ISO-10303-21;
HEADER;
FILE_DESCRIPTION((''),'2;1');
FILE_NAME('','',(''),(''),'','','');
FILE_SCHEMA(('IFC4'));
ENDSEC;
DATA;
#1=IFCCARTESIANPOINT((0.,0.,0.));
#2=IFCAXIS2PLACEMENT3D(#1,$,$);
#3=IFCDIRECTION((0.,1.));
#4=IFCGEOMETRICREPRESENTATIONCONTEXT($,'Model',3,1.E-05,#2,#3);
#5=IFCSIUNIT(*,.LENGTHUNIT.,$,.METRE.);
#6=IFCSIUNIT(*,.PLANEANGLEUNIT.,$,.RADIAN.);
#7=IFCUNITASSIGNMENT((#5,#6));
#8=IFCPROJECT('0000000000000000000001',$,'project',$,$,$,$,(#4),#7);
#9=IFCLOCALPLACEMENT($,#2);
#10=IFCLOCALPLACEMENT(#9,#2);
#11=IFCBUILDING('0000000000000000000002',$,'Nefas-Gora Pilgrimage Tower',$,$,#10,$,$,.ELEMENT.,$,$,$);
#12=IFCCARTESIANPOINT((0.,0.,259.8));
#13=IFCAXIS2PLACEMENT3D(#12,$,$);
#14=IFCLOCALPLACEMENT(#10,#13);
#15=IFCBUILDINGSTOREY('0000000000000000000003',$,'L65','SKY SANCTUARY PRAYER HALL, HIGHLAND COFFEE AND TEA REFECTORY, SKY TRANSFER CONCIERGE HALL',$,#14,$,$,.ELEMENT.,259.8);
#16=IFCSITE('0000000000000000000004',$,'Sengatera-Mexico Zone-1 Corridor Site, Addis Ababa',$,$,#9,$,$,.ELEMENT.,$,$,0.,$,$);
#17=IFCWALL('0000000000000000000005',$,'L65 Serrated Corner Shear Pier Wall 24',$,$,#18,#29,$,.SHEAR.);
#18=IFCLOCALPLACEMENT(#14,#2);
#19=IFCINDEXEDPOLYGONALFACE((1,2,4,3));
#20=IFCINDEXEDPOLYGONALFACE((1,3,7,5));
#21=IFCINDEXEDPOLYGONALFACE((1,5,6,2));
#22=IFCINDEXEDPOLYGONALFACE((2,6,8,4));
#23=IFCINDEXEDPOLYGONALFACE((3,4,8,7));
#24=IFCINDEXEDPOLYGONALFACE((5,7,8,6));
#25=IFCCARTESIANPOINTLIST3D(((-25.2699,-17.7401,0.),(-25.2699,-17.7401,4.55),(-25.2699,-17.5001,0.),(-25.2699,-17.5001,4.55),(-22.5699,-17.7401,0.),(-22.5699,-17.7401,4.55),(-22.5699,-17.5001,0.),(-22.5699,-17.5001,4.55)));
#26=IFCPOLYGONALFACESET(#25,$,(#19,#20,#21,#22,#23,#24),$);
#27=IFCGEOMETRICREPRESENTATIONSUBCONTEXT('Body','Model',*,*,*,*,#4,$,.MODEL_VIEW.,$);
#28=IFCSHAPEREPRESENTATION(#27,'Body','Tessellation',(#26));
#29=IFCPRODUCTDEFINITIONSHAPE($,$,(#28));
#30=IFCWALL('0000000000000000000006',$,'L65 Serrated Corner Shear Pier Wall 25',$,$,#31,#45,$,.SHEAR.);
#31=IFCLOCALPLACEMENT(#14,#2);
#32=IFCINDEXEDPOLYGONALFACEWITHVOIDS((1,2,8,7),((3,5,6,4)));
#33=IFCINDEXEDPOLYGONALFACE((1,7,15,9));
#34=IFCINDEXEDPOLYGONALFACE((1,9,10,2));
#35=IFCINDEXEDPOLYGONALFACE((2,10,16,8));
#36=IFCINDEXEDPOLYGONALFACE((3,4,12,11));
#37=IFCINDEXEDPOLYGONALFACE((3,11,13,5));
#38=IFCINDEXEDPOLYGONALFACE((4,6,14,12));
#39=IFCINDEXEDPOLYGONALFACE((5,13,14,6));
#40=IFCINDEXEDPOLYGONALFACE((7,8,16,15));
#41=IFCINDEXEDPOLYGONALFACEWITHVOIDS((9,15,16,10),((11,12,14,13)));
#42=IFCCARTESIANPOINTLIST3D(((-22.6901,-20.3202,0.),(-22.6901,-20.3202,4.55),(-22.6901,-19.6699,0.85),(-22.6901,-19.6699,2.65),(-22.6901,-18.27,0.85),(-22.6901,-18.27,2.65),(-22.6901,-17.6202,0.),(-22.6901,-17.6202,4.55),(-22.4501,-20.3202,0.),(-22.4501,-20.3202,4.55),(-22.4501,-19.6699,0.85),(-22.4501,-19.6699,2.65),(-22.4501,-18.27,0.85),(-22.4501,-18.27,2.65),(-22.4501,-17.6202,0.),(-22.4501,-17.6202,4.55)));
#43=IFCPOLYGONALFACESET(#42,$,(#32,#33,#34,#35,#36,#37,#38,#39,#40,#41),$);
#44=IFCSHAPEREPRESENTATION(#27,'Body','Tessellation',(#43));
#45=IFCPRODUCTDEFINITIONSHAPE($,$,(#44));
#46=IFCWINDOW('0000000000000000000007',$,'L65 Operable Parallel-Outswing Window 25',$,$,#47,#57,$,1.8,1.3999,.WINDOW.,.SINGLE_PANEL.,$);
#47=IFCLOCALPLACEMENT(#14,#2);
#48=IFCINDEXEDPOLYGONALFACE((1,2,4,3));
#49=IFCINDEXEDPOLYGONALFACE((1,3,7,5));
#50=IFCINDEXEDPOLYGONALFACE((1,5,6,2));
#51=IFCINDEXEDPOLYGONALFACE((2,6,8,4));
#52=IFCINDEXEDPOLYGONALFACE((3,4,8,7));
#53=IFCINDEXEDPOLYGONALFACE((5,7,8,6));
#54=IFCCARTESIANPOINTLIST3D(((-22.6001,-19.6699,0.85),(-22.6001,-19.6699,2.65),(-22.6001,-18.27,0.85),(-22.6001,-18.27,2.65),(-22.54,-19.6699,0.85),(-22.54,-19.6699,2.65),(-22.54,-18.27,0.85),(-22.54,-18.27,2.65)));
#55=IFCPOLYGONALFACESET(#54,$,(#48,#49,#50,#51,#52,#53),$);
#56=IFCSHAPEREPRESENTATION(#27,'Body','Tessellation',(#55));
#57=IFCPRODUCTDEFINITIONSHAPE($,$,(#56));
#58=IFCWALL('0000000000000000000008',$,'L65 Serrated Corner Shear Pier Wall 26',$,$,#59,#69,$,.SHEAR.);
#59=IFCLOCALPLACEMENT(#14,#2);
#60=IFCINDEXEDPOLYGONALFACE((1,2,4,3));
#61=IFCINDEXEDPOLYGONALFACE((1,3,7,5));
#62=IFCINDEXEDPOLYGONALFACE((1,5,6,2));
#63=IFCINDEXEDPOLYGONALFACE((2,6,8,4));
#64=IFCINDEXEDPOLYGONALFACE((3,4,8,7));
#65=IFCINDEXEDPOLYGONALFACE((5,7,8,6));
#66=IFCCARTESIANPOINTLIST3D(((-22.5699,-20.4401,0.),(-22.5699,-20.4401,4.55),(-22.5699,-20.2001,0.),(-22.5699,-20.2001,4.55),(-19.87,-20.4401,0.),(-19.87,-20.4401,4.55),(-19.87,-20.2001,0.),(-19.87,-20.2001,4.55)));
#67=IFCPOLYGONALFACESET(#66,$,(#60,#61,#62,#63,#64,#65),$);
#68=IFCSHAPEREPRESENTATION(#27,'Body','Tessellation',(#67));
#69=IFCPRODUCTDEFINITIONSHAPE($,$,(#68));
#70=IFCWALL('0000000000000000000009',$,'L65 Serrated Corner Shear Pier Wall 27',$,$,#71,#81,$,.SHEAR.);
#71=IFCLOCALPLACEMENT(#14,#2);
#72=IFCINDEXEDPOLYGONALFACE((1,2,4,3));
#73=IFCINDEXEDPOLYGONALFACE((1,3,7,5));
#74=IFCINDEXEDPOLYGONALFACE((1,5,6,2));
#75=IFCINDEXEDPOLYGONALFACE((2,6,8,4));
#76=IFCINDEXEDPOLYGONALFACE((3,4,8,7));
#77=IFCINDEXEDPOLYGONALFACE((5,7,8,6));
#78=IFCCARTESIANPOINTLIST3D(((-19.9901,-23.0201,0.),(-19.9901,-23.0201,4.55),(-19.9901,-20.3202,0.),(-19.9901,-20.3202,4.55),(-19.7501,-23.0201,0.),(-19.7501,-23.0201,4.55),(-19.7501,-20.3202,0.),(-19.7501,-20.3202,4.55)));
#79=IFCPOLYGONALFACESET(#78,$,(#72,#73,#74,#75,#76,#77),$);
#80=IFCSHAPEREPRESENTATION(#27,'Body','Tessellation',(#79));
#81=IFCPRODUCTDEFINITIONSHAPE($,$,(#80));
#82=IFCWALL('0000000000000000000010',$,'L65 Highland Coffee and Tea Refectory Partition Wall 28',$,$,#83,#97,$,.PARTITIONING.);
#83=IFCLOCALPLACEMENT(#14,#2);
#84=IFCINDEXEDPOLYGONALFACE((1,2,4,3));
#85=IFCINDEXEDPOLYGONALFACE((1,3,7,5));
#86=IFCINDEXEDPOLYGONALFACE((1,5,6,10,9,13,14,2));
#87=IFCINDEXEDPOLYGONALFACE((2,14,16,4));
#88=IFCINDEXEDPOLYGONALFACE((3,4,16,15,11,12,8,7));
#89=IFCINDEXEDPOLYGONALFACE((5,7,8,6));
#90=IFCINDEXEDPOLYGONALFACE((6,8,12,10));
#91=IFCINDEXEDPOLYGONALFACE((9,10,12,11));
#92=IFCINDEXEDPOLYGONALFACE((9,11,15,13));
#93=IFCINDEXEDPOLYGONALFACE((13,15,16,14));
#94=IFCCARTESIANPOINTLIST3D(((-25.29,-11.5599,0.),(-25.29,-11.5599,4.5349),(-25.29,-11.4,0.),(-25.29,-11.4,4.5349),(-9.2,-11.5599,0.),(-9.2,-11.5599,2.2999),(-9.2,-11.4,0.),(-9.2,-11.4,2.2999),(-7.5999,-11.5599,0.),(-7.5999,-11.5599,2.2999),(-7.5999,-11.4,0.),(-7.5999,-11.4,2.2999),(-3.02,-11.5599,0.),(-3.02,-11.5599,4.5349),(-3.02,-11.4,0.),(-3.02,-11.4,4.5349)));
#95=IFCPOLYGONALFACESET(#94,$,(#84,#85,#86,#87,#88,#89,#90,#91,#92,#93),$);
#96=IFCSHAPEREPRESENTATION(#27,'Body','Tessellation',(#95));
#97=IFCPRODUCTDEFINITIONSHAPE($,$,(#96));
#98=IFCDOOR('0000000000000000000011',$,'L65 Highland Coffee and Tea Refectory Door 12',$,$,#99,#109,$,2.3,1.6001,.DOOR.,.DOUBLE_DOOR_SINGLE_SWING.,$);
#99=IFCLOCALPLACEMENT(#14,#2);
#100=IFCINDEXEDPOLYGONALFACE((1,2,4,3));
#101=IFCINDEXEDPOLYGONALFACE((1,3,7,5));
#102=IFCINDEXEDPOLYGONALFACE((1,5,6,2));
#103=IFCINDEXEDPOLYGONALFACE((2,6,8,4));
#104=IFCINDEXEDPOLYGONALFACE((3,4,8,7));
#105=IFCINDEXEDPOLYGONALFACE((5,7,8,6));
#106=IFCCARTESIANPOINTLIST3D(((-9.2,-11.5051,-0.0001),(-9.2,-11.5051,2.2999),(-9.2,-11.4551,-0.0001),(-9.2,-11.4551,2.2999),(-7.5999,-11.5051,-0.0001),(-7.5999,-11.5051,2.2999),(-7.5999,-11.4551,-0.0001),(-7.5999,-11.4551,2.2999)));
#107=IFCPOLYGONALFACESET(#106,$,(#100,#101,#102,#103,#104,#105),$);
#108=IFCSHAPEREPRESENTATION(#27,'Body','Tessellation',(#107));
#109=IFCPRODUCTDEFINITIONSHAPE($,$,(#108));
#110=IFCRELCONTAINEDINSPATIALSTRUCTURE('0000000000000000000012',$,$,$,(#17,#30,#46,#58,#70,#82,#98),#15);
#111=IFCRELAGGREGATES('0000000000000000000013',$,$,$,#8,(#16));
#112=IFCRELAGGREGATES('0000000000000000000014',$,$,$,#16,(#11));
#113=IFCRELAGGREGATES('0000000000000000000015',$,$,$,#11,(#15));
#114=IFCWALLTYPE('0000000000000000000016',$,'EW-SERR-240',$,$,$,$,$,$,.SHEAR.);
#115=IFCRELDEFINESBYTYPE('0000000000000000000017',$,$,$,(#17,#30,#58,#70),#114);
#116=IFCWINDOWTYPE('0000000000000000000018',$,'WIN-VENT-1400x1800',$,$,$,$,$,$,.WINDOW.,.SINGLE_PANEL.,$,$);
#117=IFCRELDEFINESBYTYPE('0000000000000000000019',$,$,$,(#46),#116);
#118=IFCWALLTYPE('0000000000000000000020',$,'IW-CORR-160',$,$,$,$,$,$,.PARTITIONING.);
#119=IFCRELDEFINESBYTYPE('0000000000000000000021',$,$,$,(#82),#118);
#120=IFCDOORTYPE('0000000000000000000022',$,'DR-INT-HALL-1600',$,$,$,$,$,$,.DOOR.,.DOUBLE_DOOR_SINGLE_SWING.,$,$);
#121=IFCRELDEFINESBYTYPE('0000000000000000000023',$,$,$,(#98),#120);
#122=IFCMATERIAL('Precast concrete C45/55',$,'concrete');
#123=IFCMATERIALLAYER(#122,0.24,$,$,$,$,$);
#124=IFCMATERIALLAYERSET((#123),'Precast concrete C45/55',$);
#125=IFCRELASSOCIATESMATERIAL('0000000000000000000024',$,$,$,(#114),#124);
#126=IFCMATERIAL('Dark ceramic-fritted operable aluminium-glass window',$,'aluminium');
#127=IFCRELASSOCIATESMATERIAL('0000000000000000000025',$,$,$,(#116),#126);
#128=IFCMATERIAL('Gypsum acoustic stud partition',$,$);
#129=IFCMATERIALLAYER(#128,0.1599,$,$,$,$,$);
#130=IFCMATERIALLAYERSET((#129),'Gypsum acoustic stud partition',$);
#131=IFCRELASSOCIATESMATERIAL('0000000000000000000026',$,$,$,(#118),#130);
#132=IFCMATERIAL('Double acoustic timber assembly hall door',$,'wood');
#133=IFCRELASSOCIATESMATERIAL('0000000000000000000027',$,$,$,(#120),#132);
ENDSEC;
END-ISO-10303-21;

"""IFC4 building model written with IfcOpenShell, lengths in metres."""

from ifc_helpers import new_model, si_unit, direction, frame, frame_2d, origin, place, context, subcontext, project, spatial, rectangle, extrude, source, transform, mapped, material, layer, layer_set, type_object, element, fill, save


model = new_model("IFC4")

# Units and contexts
model_context = context("Model", 3, precision=1e-05, world=origin(), true_north=direction((0.0, 1.0)))
body_context = subcontext(model_context, "Body", "Model", "MODEL_VIEW")
ifc_project = project(units=[si_unit("LENGTHUNIT", "METRE"), si_unit("PLANEANGLEUNIT", "RADIAN")], contexts=[model_context])

# Site, building, storey
site_placement = place(None, origin())
site = spatial("IfcSite", under=ifc_project, at=site_placement, Name="Sengatera-Mexico Zone-1 Corridor Site, Addis Ababa", CompositionType="ELEMENT", RefElevation=0.0)
building_placement = place(site_placement, origin())
building = spatial("IfcBuilding", under=site, at=building_placement, Name="Nefas-Gora Pilgrimage Tower", CompositionType="ELEMENT")
storey_placement = place(building_placement, frame((0.0, 0.0, 259.8)))
storey = spatial("IfcBuildingStorey", under=building, at=storey_placement, Name="L65", Description="SKY SANCTUARY PRAYER HALL, HIGHLAND COFFEE AND TEA REFECTORY, SKY TRANSFER CONCIERGE HALL", CompositionType="ELEMENT", Elevation=259.8)

# Wall
ifc_material_1 = material(Name="Precast concrete C45/55", Category="concrete")
ifc_layer_1 = layer(ifc_material_1, 0.24)
ifc_layer_set_1 = layer_set([ifc_layer_1], Name="Precast concrete C45/55")
wall_type_1 = type_object("IfcWallType", Name="EW-SERR-240", PredefinedType="SHEAR", material=ifc_layer_set_1)
shared_shape_1 = source(origin(), body_context, "Body", "SweptSolid", [
    extrude(rectangle(XDim=2.7, YDim=0.24, at=frame_2d((1.3501, 0.0))), origin(), (0.0, 0.0, 1.0), 4.55),
])
wall_1_placement = place(storey_placement, frame((-25.27, -17.6201, 0.0), z_axis=(0.0, 0.0, 1.0), x_axis=(1.0, 0.0, 0.0)))
element("IfcWall", 1, at=wall_1_placement, inside=storey, type_object=wall_type_1, Name="L65 Serrated Corner Shear Pier Wall 24", PredefinedType="SHEAR", context=body_context, shape_type="MappedRepresentation", body=[
    mapped(shared_shape_1, transform((0.0, 0.0, 0.0), x_axis=(1.0, 0.0, 0.0), y_axis=(0.0, 1.0, 0.0), z_axis=(0.0, 0.0, 1.0), scale=1.0)),
])

# Wall, opening, window
wall_2_placement = place(storey_placement, frame((-22.5701, -17.6201, 0.0), z_axis=(0.0, 0.0, 1.0), x_axis=(0.0, -1.0, 0.0)))
wall_2 = element("IfcWall", 2, at=wall_2_placement, inside=storey, type_object=wall_type_1, Name="L65 Serrated Corner Shear Pier Wall 25", PredefinedType="SHEAR", context=body_context, shape_type="MappedRepresentation", body=[
    mapped(shared_shape_1, transform((0.0, 0.0, 0.0), x_axis=(1.0, 0.0, 0.0), y_axis=(0.0, 1.0, 0.0), z_axis=(0.0, 0.0, 1.0), scale=1.0)),
])
opening_1_placement = place(wall_2_placement, frame((0.6499, 0.0, 0.8501)))
opening_1 = element("IfcOpeningElement", 3, at=opening_1_placement, cuts=wall_2, PredefinedType="OPENING", context=body_context, shape_type="SweptSolid", body=[
    extrude(rectangle(XDim=1.3999, YDim=1.8, at=frame_2d((0.7, 0.8999))), frame((0.0, 0.1299, 0.0), z_axis=(0.0, -1.0, 0.0), x_axis=(1.0, 0.0, 0.0)), (0.0, 0.0, 1.0), 0.26),
])
ifc_material_2 = material(Name="Dark ceramic-fritted operable aluminium-glass window", Category="aluminium")
window_type = type_object("IfcWindowType", Name="WIN-VENT-1400x1800", PartitioningType="SINGLE_PANEL", PredefinedType="WINDOW", material=ifc_material_2)
shared_shape_2 = source(origin(), body_context, "Body", "SweptSolid", [
    extrude(rectangle(XDim=1.3999, YDim=1.8, at=frame_2d((0.7, 0.8999))), frame((0.0, 0.03, 0.0), z_axis=(0.0, -1.0, 0.0), x_axis=(1.0, 0.0, 0.0)), (0.0, 0.0, 1.0), 0.0601),
])
window_placement = place(opening_1_placement, origin())
window = element("IfcWindow", 4, at=window_placement, inside=storey, type_object=window_type, Name="L65 Operable Parallel-Outswing Window 25", OverallHeight=1.8, OverallWidth=1.3999, PartitioningType="SINGLE_PANEL", PredefinedType="WINDOW", context=body_context, shape_type="MappedRepresentation", body=[
    mapped(shared_shape_2, transform((0.0, 0.0, 0.0), x_axis=(1.0, 0.0, 0.0), y_axis=(0.0, 1.0, 0.0), z_axis=(0.0, 0.0, 1.0), scale=1.0)),
])
fill(opening_1, window)

# Walls
for number, where, z_axis, x_axis, name in (
    (5, (-22.5701, -20.3201, 0.0), (0.0, 0.0, 1.0), (1.0, 0.0, 0.0), "L65 Serrated Corner Shear Pier Wall 26"),
    (6, (-19.8701, -20.3201, 0.0), (0.0, 0.0, 1.0), (0.0, -1.0, 0.0), "L65 Serrated Corner Shear Pier Wall 27"),
):
    element("IfcWall", number, at=place(storey_placement, frame(where, z_axis=z_axis, x_axis=x_axis)), inside=storey, type_object=wall_type_1, Name=name, PredefinedType="SHEAR", context=body_context, shape_type="MappedRepresentation", body=[
        mapped(shared_shape_1, transform((0.0, 0.0, 0.0), x_axis=(1.0, 0.0, 0.0), y_axis=(0.0, 1.0, 0.0), z_axis=(0.0, 0.0, 1.0), scale=1.0)),
    ])

# Wall, opening, door
ifc_material_3 = material(Name="Gypsum acoustic stud partition")
ifc_layer_2 = layer(ifc_material_3, 0.1599)
ifc_layer_set_2 = layer_set([ifc_layer_2], Name="Gypsum acoustic stud partition")
wall_type_2 = type_object("IfcWallType", Name="IW-CORR-160", PredefinedType="PARTITIONING", material=ifc_layer_set_2)
shared_shape_3 = source(origin(), body_context, "Body", "SweptSolid", [
    extrude(rectangle(XDim=22.27, YDim=0.1599, at=frame_2d((11.135, 0.0))), origin(), (0.0, 0.0, 1.0), 4.5349),
])
wall_3_placement = place(storey_placement, frame((-25.29, -11.48, 0.0), z_axis=(0.0, 0.0, 1.0), x_axis=(1.0, 0.0, 0.0)))
wall_3 = element("IfcWall", 7, at=wall_3_placement, inside=storey, type_object=wall_type_2, Name="L65 Highland Coffee and Tea Refectory Partition Wall 28", PredefinedType="PARTITIONING", context=body_context, shape_type="MappedRepresentation", body=[
    mapped(shared_shape_3, transform((0.0, 0.0, 0.0), x_axis=(1.0, 0.0, 0.0), y_axis=(0.0, 1.0, 0.0), z_axis=(0.0, 0.0, 1.0), scale=1.0)),
])
opening_2_placement = place(wall_3_placement, frame((16.0901, 0.0, 0.0)))
opening_2 = element("IfcOpeningElement", 8, at=opening_2_placement, cuts=wall_3, PredefinedType="OPENING", context=body_context, shape_type="SweptSolid", body=[
    extrude(rectangle(XDim=1.6001, YDim=2.3, at=frame_2d((0.8, 1.1499))), frame((0.0, 0.0898, 0.0), z_axis=(0.0, -1.0, 0.0), x_axis=(1.0, 0.0, 0.0)), (0.0, 0.0, 1.0), 0.1799),
])
ifc_material_4 = material(Name="Double acoustic timber assembly hall door", Category="wood")
door_type = type_object("IfcDoorType", Name="DR-INT-HALL-1600", OperationType="DOUBLE_DOOR_SINGLE_SWING", PredefinedType="DOOR", material=ifc_material_4)
shared_shape_4 = source(origin(), body_context, "Body", "SweptSolid", [
    extrude(rectangle(XDim=1.6001, YDim=2.3, at=frame_2d((0.8, 1.1499))), frame((0.0, 0.0249, 0.0), z_axis=(0.0, -1.0, 0.0), x_axis=(1.0, 0.0, 0.0)), (0.0, 0.0, 1.0), 0.05),
])
door_placement = place(opening_2_placement, origin())
door = element("IfcDoor", 9, at=door_placement, inside=storey, type_object=door_type, Name="L65 Highland Coffee and Tea Refectory Door 12", OperationType="DOUBLE_DOOR_SINGLE_SWING", OverallHeight=2.3, OverallWidth=1.6001, PredefinedType="DOOR", context=body_context, shape_type="MappedRepresentation", body=[
    mapped(shared_shape_4, transform((0.0, 0.0, 0.0), x_axis=(1.0, 0.0, 0.0), y_axis=(0.0, 1.0, 0.0), z_axis=(0.0, 0.0, 1.0), scale=1.0)),
])
fill(opening_2, door)

save(model, "model.ifc")
